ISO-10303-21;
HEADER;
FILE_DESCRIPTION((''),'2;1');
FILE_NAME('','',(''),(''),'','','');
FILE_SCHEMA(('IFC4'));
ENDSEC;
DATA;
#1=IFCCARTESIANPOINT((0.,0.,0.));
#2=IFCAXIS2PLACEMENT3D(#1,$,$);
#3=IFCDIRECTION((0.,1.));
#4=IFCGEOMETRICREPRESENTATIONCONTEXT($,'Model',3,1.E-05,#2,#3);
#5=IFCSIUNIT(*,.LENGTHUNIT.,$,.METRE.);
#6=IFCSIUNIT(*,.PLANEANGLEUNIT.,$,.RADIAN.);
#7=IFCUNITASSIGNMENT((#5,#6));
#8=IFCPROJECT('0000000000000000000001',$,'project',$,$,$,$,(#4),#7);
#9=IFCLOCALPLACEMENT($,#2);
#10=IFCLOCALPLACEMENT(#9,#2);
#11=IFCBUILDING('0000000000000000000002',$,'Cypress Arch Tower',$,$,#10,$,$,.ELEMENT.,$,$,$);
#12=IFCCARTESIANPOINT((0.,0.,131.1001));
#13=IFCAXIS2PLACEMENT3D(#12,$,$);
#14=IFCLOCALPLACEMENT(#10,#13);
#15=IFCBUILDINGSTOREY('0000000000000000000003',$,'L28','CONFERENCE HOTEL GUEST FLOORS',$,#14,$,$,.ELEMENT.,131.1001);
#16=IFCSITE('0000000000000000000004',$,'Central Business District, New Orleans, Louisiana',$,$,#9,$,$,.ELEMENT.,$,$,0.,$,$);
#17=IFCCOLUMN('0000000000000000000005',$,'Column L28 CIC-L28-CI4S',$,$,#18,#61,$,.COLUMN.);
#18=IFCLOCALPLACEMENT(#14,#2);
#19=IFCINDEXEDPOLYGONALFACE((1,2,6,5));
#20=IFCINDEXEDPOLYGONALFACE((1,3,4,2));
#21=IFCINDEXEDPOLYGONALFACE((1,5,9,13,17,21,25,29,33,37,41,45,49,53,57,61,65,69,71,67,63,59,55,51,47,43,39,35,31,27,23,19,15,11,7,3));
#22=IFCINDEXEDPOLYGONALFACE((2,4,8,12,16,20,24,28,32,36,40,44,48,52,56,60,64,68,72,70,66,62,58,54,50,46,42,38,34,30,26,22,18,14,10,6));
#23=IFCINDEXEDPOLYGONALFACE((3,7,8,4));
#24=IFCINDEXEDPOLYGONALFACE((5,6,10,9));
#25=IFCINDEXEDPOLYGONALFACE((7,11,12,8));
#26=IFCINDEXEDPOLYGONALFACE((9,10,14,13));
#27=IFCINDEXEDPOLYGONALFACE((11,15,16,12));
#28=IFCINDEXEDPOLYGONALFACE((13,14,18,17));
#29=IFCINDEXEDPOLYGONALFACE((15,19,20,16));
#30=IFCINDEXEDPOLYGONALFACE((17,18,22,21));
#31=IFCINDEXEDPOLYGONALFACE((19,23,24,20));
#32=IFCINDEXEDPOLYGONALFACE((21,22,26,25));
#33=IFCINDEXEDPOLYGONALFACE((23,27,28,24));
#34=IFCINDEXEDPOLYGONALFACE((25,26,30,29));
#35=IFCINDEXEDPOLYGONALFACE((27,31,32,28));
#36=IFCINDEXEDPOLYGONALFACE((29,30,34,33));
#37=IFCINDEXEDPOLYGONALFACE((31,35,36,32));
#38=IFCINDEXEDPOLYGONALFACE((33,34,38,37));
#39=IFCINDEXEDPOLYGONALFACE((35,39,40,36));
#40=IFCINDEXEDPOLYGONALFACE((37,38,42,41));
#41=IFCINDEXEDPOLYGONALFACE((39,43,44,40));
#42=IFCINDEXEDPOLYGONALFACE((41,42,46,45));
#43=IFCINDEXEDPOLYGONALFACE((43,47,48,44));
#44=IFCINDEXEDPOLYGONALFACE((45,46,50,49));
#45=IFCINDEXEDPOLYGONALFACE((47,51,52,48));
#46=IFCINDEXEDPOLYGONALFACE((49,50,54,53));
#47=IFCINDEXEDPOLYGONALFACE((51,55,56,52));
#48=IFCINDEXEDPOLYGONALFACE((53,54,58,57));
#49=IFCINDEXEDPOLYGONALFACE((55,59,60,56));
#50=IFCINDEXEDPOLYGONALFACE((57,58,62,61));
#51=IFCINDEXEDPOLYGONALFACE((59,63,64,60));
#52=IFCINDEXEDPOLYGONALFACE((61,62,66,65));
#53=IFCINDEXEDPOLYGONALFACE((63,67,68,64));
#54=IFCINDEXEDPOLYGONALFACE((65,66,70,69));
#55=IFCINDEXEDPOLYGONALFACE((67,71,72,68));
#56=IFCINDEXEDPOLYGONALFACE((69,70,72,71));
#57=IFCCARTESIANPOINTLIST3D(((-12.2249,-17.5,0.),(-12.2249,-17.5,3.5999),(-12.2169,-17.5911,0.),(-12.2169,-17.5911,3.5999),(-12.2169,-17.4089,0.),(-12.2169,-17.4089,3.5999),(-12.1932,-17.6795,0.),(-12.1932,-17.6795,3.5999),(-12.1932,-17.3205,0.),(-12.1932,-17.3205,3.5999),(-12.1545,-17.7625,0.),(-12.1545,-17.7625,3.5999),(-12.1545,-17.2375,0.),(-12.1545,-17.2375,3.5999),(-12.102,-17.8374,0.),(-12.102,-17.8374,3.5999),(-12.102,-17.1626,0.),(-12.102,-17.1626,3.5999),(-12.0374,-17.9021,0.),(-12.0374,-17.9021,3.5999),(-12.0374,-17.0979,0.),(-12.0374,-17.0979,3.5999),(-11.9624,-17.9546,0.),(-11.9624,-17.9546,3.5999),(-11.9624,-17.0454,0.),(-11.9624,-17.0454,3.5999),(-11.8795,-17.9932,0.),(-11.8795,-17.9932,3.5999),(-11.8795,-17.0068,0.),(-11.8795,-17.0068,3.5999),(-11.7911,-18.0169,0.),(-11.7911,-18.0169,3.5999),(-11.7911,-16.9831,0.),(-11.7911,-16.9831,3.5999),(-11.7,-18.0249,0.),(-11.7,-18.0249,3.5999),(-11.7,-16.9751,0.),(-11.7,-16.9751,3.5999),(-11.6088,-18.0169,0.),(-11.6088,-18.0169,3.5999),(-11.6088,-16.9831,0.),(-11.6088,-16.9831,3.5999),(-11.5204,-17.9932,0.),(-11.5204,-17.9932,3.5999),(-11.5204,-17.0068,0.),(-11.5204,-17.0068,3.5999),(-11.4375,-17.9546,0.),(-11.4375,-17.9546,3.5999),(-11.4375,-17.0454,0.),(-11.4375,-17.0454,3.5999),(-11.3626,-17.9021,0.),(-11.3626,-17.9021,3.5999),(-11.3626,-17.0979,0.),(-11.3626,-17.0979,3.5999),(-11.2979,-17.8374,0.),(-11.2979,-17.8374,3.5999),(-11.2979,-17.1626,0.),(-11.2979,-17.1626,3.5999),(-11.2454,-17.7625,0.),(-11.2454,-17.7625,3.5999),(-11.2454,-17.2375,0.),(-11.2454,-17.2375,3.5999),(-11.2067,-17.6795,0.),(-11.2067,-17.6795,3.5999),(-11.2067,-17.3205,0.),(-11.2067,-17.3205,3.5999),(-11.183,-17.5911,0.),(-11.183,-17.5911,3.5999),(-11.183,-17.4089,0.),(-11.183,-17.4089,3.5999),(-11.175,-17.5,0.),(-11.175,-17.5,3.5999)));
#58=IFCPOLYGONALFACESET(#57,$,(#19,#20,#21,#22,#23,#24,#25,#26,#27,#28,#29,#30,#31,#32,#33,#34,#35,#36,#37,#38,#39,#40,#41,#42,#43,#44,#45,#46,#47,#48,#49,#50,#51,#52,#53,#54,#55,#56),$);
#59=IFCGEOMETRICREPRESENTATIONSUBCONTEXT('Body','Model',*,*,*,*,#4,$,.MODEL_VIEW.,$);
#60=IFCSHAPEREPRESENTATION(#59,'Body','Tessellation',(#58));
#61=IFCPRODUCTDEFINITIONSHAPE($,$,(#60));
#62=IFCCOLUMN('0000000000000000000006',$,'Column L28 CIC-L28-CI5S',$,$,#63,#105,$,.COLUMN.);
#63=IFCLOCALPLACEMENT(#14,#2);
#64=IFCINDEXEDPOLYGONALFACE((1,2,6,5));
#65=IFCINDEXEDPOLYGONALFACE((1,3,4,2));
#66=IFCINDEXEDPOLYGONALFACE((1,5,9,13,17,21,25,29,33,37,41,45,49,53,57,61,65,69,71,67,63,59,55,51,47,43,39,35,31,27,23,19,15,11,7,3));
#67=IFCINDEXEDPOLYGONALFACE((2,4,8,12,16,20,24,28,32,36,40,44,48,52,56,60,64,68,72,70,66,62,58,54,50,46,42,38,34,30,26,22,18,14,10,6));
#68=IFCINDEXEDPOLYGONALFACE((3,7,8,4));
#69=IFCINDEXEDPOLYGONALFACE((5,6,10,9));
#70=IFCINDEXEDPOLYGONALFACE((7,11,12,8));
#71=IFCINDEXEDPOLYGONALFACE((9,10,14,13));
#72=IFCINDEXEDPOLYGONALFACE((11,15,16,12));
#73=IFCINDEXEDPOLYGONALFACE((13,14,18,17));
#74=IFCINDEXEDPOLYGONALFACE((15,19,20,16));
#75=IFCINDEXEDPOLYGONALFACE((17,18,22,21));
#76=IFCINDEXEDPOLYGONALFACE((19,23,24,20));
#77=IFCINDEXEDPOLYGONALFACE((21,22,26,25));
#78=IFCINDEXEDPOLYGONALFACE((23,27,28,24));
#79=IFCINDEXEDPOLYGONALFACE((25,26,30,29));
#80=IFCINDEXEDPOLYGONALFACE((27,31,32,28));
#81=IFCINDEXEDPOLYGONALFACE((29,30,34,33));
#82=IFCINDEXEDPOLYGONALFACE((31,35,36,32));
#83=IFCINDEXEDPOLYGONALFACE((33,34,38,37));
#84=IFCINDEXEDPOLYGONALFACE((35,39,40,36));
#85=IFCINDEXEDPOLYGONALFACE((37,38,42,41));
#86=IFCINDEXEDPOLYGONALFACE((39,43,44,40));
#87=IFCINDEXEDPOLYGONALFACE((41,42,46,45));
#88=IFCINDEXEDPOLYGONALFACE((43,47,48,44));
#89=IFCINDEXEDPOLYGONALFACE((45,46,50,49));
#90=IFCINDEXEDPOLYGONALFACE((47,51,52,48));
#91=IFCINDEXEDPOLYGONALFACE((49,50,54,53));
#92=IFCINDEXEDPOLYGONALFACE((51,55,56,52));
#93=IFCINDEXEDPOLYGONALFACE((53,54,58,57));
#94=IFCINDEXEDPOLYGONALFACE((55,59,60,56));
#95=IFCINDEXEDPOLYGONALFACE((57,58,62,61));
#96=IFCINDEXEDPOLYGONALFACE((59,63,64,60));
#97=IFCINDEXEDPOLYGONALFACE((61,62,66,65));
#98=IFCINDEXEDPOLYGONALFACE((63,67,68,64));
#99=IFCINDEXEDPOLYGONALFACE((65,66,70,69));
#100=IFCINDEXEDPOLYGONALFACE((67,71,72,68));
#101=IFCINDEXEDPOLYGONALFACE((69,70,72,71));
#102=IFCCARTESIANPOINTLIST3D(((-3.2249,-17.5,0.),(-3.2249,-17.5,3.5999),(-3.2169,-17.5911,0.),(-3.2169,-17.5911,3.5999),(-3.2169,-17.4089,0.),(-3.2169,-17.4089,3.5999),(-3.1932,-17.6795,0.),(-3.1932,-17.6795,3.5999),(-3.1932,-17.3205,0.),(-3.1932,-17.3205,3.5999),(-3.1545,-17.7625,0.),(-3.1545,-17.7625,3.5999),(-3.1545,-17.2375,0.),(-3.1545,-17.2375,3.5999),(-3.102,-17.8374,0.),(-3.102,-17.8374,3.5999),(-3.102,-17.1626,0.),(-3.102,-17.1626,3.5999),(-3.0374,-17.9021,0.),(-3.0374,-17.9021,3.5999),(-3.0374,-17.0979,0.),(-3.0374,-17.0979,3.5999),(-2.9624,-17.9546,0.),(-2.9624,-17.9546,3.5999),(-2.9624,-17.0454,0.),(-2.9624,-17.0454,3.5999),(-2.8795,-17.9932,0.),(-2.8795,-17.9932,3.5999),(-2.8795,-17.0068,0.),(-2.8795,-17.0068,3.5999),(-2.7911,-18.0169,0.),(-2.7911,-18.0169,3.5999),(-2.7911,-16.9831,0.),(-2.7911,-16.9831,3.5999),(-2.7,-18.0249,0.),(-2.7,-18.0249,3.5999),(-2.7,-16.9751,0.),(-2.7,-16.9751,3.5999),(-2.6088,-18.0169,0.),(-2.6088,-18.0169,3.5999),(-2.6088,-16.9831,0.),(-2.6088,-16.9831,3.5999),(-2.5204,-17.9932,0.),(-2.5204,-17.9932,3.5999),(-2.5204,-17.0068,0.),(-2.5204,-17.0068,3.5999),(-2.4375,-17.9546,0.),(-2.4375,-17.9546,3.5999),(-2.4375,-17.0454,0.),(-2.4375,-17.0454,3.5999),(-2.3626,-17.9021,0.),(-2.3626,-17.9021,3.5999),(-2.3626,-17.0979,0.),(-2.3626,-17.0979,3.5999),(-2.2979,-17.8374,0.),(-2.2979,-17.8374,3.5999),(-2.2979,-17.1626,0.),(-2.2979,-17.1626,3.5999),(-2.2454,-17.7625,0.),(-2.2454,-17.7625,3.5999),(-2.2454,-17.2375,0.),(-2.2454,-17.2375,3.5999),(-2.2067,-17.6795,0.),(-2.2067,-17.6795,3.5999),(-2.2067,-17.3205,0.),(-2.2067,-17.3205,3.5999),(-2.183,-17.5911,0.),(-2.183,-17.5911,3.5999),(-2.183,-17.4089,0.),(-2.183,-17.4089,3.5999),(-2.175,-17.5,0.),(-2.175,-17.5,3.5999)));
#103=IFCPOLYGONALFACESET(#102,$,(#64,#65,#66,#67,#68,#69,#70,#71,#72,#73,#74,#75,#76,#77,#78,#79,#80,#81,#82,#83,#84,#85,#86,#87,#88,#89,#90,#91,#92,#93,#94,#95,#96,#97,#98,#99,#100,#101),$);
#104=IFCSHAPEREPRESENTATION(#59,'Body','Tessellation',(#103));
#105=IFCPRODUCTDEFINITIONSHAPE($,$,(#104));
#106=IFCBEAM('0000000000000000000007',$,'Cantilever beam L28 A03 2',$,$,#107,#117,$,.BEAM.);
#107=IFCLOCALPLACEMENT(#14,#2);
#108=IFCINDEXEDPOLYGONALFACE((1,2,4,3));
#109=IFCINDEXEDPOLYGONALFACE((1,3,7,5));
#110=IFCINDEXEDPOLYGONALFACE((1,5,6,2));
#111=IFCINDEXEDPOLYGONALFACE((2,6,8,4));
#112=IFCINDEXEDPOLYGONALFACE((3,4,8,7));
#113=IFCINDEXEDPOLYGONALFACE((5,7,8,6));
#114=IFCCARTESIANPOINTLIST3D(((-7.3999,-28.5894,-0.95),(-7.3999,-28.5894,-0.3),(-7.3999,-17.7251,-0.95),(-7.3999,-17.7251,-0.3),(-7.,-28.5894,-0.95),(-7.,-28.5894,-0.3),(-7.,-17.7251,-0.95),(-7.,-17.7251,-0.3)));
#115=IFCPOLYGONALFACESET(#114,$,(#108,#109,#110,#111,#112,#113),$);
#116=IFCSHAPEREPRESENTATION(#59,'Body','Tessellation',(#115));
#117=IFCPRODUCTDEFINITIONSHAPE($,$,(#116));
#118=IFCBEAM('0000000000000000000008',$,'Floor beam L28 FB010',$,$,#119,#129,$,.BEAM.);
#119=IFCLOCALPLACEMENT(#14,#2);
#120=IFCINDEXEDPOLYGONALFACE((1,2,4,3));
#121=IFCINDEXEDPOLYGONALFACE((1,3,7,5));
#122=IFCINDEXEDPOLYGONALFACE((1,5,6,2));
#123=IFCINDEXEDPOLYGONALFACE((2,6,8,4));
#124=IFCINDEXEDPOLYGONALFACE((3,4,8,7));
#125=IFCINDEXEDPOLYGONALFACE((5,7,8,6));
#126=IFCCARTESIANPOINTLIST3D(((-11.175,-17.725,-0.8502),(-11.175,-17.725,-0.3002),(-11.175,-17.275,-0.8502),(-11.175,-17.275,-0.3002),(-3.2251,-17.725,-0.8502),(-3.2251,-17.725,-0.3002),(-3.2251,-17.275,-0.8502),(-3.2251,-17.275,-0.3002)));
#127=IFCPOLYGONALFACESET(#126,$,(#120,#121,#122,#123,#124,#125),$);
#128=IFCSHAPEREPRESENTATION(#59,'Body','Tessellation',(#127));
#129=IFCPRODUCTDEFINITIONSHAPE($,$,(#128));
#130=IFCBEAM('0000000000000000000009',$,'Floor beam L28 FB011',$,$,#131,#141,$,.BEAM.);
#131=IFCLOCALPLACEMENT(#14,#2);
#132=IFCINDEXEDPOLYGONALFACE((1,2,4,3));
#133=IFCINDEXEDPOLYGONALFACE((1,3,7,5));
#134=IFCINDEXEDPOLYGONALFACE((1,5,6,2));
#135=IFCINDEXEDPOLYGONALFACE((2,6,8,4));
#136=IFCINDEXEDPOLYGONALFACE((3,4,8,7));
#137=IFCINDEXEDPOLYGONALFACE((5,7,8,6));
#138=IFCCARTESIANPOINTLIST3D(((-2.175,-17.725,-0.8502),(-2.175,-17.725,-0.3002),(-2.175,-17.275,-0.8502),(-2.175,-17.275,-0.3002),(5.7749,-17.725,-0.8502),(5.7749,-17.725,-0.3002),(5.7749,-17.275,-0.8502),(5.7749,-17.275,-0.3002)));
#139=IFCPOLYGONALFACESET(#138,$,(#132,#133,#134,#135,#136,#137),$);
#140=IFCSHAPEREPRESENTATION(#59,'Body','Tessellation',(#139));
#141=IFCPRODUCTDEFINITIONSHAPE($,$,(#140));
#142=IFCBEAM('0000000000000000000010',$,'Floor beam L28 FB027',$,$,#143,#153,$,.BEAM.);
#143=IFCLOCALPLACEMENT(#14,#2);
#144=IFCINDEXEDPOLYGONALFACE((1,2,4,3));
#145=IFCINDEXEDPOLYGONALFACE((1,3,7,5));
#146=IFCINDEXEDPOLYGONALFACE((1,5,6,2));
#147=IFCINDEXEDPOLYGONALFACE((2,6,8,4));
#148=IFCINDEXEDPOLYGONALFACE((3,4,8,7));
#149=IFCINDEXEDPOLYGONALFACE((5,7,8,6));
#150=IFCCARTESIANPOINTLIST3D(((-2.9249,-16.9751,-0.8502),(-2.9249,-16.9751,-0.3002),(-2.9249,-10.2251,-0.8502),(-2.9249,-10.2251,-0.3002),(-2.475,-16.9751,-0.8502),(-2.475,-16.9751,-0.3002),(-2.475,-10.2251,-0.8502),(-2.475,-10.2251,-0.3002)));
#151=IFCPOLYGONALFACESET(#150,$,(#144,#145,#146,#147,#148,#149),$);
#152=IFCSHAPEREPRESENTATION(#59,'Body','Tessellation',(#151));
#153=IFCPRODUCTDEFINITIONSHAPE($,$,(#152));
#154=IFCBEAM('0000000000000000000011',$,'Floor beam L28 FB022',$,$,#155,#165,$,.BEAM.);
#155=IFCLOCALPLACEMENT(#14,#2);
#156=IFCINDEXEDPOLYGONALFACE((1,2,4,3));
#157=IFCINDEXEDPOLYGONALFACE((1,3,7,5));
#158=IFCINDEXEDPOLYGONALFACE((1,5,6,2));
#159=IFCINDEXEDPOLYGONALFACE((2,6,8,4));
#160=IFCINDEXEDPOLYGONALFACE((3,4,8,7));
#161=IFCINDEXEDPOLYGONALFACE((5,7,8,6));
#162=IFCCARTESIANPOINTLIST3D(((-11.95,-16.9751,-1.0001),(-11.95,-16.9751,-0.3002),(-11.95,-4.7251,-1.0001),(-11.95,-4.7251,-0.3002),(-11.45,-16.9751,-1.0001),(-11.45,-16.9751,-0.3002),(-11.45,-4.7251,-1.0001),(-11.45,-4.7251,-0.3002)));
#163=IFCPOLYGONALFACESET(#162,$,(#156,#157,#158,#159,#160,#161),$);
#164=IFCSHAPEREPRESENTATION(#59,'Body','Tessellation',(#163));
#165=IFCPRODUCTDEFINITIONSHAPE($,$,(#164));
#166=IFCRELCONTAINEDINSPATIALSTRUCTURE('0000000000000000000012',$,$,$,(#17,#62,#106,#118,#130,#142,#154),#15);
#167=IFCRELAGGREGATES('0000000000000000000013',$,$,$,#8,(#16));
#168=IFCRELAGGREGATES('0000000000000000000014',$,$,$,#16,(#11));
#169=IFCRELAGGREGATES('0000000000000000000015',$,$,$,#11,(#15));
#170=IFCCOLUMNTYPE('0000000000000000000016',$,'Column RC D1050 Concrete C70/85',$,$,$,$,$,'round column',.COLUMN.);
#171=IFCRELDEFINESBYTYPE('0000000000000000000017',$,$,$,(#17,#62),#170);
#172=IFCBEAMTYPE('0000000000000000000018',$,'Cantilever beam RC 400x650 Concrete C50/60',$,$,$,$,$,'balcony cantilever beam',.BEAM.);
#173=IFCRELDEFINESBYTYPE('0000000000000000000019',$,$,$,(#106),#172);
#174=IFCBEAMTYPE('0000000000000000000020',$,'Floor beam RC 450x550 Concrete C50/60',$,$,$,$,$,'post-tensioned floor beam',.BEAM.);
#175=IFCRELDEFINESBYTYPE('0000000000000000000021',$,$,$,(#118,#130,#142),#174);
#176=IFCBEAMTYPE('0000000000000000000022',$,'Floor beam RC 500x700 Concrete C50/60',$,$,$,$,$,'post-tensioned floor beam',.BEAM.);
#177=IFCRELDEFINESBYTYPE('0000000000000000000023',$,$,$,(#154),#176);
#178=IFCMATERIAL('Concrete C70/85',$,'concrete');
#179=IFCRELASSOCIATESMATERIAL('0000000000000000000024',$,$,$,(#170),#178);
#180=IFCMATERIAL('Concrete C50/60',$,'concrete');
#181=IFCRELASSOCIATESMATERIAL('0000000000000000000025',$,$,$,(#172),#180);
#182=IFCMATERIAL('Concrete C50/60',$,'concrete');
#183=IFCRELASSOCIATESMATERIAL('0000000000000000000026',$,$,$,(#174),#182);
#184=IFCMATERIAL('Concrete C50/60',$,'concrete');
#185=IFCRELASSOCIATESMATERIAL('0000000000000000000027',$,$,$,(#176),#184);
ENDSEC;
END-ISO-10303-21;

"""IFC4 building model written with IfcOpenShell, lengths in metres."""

from ifc_helpers import new_model, si_unit, direction, frame, origin, origin_2d, place, context, subcontext, project, spatial, rectangle, circle, extrude, material, material_profile, profile_set, type_object, element, save


model = new_model("IFC4")

# Units and contexts
model_context = context("Model", 3, precision=1e-05, world=origin(), true_north=direction((0.0, 1.0)))
body_context = subcontext(model_context, "Body", "Model", "MODEL_VIEW")
ifc_project = project(units=[si_unit("LENGTHUNIT", "METRE"), si_unit("PLANEANGLEUNIT", "RADIAN")], contexts=[model_context])

# Site, building, storey
site_placement = place(None, origin())
site = spatial("IfcSite", under=ifc_project, at=site_placement, Name="Central Business District, New Orleans, Louisiana", CompositionType="ELEMENT", RefElevation=0.0)
building_placement = place(site_placement, origin())
building = spatial("IfcBuilding", under=site, at=building_placement, Name="Cypress Arch Tower", CompositionType="ELEMENT")
storey_placement = place(building_placement, frame((0.0, 0.0, 131.1001)))
storey = spatial("IfcBuildingStorey", under=building, at=storey_placement, Name="L28", Description="CONFERENCE HOTEL GUEST FLOORS", CompositionType="ELEMENT", Elevation=131.1001)

# Columns
ifc_material_1 = material(Name="Concrete C70/85", Category="concrete")
ifc_material_profile_1 = material_profile(ifc_material_1, circle(Radius=0.5249, at=origin_2d()), Name="RC D1050")
ifc_profile_set_1 = profile_set([ifc_material_profile_1], Name="Concrete C70/85")
column_type = type_object("IfcColumnType", Name="Column RC D1050 Concrete C70/85", ElementType="round column", PredefinedType="COLUMN", material=ifc_profile_set_1)
for number, where, z_axis, x_axis, name in (
    (1, (-11.7, -17.5, 0.0), (0.0, 0.0, 1.0), (1.0, 0.0, 0.0), "Column L28 CIC-L28-CI4S"),
    (2, (-2.7, -17.5, 0.0), (0.0, 0.0, 1.0), (1.0, 0.0, 0.0), "Column L28 CIC-L28-CI5S"),
):
    element("IfcColumn", number, at=place(storey_placement, frame(where, z_axis=z_axis, x_axis=x_axis)), inside=storey, type_object=column_type, Name=name, PredefinedType="COLUMN", context=body_context, shape_type="SweptSolid", body=[
        extrude(circle(Radius=0.5249, at=origin_2d()), origin(), (0.0, 0.0, 1.0), 3.5999),
    ])

# Beams
ifc_material_2 = material(Name="Concrete C50/60", Category="concrete")
ifc_material_profile_2 = material_profile(ifc_material_2, rectangle(XDim=0.3999, YDim=0.6499, at=origin_2d()), Name="RC 400x650")
ifc_profile_set_2 = profile_set([ifc_material_profile_2], Name="Concrete C50/60")
beam_type_1 = type_object("IfcBeamType", Name="Cantilever beam RC 400x650 Concrete C50/60", ElementType="balcony cantilever beam", PredefinedType="BEAM", material=ifc_profile_set_2)
beam_1_placement = place(storey_placement, frame((-7.2, -17.7251, -0.625), z_axis=(0.0, -1.0, 0.0), x_axis=(1.0, 0.0, 0.0)))
element("IfcBeam", 3, at=beam_1_placement, inside=storey, type_object=beam_type_1, Name="Cantilever beam L28 A03 2", PredefinedType="BEAM", context=body_context, shape_type="SweptSolid", body=[
    extrude(rectangle(XDim=0.3999, YDim=0.6499, at=origin_2d()), origin(), (0.0, 0.0, 1.0), 10.8643),
])
ifc_material_3 = material(Name="Concrete C50/60", Category="concrete")
ifc_material_profile_3 = material_profile(ifc_material_3, rectangle(XDim=0.45, YDim=0.55, at=origin_2d()), Name="RC 450x550")
ifc_profile_set_3 = profile_set([ifc_material_profile_3], Name="Concrete C50/60")
beam_type_2 = type_object("IfcBeamType", Name="Floor beam RC 450x550 Concrete C50/60", ElementType="post-tensioned floor beam", PredefinedType="BEAM", material=ifc_profile_set_3)
for number, where, z_axis, x_axis, name in (
    (4, (-11.175, -17.5, -0.5752), (1.0, 0.0, 0.0), (0.0, 1.0, 0.0), "Floor beam L28 FB010"),
    (5, (-2.175, -17.5, -0.5752), (1.0, 0.0, 0.0), (0.0, 1.0, 0.0), "Floor beam L28 FB011"),
):
    element("IfcBeam", number, at=place(storey_placement, frame(where, z_axis=z_axis, x_axis=x_axis)), inside=storey, type_object=beam_type_2, Name=name, PredefinedType="BEAM", context=body_context, shape_type="SweptSolid", body=[
        extrude(rectangle(XDim=0.45, YDim=0.55, at=origin_2d()), origin(), (0.0, 0.0, 1.0), 7.95),
    ])
beam_2_placement = place(storey_placement, frame((-2.7, -16.9751, -0.5752), z_axis=(0.0, 1.0, 0.0), x_axis=(-1.0, 0.0, 0.0)))
element("IfcBeam", 6, at=beam_2_placement, inside=storey, type_object=beam_type_2, Name="Floor beam L28 FB027", PredefinedType="BEAM", context=body_context, shape_type="SweptSolid", body=[
    extrude(rectangle(XDim=0.45, YDim=0.55, at=origin_2d()), origin(), (0.0, 0.0, 1.0), 6.75),
])
ifc_material_4 = material(Name="Concrete C50/60", Category="concrete")
ifc_material_profile_4 = material_profile(ifc_material_4, rectangle(XDim=0.5, YDim=0.7, at=origin_2d()), Name="RC 500x700")
ifc_profile_set_4 = profile_set([ifc_material_profile_4], Name="Concrete C50/60")
beam_type_3 = type_object("IfcBeamType", Name="Floor beam RC 500x700 Concrete C50/60", ElementType="post-tensioned floor beam", PredefinedType="BEAM", material=ifc_profile_set_4)
beam_3_placement = place(storey_placement, frame((-11.7, -16.9751, -0.6501), z_axis=(0.0, 1.0, 0.0), x_axis=(-1.0, 0.0, 0.0)))
element("IfcBeam", 7, at=beam_3_placement, inside=storey, type_object=beam_type_3, Name="Floor beam L28 FB022", PredefinedType="BEAM", context=body_context, shape_type="SweptSolid", body=[
    extrude(rectangle(XDim=0.5, YDim=0.7, at=origin_2d()), origin(), (0.0, 0.0, 1.0), 12.25),
])

save(model, "model.ifc")
